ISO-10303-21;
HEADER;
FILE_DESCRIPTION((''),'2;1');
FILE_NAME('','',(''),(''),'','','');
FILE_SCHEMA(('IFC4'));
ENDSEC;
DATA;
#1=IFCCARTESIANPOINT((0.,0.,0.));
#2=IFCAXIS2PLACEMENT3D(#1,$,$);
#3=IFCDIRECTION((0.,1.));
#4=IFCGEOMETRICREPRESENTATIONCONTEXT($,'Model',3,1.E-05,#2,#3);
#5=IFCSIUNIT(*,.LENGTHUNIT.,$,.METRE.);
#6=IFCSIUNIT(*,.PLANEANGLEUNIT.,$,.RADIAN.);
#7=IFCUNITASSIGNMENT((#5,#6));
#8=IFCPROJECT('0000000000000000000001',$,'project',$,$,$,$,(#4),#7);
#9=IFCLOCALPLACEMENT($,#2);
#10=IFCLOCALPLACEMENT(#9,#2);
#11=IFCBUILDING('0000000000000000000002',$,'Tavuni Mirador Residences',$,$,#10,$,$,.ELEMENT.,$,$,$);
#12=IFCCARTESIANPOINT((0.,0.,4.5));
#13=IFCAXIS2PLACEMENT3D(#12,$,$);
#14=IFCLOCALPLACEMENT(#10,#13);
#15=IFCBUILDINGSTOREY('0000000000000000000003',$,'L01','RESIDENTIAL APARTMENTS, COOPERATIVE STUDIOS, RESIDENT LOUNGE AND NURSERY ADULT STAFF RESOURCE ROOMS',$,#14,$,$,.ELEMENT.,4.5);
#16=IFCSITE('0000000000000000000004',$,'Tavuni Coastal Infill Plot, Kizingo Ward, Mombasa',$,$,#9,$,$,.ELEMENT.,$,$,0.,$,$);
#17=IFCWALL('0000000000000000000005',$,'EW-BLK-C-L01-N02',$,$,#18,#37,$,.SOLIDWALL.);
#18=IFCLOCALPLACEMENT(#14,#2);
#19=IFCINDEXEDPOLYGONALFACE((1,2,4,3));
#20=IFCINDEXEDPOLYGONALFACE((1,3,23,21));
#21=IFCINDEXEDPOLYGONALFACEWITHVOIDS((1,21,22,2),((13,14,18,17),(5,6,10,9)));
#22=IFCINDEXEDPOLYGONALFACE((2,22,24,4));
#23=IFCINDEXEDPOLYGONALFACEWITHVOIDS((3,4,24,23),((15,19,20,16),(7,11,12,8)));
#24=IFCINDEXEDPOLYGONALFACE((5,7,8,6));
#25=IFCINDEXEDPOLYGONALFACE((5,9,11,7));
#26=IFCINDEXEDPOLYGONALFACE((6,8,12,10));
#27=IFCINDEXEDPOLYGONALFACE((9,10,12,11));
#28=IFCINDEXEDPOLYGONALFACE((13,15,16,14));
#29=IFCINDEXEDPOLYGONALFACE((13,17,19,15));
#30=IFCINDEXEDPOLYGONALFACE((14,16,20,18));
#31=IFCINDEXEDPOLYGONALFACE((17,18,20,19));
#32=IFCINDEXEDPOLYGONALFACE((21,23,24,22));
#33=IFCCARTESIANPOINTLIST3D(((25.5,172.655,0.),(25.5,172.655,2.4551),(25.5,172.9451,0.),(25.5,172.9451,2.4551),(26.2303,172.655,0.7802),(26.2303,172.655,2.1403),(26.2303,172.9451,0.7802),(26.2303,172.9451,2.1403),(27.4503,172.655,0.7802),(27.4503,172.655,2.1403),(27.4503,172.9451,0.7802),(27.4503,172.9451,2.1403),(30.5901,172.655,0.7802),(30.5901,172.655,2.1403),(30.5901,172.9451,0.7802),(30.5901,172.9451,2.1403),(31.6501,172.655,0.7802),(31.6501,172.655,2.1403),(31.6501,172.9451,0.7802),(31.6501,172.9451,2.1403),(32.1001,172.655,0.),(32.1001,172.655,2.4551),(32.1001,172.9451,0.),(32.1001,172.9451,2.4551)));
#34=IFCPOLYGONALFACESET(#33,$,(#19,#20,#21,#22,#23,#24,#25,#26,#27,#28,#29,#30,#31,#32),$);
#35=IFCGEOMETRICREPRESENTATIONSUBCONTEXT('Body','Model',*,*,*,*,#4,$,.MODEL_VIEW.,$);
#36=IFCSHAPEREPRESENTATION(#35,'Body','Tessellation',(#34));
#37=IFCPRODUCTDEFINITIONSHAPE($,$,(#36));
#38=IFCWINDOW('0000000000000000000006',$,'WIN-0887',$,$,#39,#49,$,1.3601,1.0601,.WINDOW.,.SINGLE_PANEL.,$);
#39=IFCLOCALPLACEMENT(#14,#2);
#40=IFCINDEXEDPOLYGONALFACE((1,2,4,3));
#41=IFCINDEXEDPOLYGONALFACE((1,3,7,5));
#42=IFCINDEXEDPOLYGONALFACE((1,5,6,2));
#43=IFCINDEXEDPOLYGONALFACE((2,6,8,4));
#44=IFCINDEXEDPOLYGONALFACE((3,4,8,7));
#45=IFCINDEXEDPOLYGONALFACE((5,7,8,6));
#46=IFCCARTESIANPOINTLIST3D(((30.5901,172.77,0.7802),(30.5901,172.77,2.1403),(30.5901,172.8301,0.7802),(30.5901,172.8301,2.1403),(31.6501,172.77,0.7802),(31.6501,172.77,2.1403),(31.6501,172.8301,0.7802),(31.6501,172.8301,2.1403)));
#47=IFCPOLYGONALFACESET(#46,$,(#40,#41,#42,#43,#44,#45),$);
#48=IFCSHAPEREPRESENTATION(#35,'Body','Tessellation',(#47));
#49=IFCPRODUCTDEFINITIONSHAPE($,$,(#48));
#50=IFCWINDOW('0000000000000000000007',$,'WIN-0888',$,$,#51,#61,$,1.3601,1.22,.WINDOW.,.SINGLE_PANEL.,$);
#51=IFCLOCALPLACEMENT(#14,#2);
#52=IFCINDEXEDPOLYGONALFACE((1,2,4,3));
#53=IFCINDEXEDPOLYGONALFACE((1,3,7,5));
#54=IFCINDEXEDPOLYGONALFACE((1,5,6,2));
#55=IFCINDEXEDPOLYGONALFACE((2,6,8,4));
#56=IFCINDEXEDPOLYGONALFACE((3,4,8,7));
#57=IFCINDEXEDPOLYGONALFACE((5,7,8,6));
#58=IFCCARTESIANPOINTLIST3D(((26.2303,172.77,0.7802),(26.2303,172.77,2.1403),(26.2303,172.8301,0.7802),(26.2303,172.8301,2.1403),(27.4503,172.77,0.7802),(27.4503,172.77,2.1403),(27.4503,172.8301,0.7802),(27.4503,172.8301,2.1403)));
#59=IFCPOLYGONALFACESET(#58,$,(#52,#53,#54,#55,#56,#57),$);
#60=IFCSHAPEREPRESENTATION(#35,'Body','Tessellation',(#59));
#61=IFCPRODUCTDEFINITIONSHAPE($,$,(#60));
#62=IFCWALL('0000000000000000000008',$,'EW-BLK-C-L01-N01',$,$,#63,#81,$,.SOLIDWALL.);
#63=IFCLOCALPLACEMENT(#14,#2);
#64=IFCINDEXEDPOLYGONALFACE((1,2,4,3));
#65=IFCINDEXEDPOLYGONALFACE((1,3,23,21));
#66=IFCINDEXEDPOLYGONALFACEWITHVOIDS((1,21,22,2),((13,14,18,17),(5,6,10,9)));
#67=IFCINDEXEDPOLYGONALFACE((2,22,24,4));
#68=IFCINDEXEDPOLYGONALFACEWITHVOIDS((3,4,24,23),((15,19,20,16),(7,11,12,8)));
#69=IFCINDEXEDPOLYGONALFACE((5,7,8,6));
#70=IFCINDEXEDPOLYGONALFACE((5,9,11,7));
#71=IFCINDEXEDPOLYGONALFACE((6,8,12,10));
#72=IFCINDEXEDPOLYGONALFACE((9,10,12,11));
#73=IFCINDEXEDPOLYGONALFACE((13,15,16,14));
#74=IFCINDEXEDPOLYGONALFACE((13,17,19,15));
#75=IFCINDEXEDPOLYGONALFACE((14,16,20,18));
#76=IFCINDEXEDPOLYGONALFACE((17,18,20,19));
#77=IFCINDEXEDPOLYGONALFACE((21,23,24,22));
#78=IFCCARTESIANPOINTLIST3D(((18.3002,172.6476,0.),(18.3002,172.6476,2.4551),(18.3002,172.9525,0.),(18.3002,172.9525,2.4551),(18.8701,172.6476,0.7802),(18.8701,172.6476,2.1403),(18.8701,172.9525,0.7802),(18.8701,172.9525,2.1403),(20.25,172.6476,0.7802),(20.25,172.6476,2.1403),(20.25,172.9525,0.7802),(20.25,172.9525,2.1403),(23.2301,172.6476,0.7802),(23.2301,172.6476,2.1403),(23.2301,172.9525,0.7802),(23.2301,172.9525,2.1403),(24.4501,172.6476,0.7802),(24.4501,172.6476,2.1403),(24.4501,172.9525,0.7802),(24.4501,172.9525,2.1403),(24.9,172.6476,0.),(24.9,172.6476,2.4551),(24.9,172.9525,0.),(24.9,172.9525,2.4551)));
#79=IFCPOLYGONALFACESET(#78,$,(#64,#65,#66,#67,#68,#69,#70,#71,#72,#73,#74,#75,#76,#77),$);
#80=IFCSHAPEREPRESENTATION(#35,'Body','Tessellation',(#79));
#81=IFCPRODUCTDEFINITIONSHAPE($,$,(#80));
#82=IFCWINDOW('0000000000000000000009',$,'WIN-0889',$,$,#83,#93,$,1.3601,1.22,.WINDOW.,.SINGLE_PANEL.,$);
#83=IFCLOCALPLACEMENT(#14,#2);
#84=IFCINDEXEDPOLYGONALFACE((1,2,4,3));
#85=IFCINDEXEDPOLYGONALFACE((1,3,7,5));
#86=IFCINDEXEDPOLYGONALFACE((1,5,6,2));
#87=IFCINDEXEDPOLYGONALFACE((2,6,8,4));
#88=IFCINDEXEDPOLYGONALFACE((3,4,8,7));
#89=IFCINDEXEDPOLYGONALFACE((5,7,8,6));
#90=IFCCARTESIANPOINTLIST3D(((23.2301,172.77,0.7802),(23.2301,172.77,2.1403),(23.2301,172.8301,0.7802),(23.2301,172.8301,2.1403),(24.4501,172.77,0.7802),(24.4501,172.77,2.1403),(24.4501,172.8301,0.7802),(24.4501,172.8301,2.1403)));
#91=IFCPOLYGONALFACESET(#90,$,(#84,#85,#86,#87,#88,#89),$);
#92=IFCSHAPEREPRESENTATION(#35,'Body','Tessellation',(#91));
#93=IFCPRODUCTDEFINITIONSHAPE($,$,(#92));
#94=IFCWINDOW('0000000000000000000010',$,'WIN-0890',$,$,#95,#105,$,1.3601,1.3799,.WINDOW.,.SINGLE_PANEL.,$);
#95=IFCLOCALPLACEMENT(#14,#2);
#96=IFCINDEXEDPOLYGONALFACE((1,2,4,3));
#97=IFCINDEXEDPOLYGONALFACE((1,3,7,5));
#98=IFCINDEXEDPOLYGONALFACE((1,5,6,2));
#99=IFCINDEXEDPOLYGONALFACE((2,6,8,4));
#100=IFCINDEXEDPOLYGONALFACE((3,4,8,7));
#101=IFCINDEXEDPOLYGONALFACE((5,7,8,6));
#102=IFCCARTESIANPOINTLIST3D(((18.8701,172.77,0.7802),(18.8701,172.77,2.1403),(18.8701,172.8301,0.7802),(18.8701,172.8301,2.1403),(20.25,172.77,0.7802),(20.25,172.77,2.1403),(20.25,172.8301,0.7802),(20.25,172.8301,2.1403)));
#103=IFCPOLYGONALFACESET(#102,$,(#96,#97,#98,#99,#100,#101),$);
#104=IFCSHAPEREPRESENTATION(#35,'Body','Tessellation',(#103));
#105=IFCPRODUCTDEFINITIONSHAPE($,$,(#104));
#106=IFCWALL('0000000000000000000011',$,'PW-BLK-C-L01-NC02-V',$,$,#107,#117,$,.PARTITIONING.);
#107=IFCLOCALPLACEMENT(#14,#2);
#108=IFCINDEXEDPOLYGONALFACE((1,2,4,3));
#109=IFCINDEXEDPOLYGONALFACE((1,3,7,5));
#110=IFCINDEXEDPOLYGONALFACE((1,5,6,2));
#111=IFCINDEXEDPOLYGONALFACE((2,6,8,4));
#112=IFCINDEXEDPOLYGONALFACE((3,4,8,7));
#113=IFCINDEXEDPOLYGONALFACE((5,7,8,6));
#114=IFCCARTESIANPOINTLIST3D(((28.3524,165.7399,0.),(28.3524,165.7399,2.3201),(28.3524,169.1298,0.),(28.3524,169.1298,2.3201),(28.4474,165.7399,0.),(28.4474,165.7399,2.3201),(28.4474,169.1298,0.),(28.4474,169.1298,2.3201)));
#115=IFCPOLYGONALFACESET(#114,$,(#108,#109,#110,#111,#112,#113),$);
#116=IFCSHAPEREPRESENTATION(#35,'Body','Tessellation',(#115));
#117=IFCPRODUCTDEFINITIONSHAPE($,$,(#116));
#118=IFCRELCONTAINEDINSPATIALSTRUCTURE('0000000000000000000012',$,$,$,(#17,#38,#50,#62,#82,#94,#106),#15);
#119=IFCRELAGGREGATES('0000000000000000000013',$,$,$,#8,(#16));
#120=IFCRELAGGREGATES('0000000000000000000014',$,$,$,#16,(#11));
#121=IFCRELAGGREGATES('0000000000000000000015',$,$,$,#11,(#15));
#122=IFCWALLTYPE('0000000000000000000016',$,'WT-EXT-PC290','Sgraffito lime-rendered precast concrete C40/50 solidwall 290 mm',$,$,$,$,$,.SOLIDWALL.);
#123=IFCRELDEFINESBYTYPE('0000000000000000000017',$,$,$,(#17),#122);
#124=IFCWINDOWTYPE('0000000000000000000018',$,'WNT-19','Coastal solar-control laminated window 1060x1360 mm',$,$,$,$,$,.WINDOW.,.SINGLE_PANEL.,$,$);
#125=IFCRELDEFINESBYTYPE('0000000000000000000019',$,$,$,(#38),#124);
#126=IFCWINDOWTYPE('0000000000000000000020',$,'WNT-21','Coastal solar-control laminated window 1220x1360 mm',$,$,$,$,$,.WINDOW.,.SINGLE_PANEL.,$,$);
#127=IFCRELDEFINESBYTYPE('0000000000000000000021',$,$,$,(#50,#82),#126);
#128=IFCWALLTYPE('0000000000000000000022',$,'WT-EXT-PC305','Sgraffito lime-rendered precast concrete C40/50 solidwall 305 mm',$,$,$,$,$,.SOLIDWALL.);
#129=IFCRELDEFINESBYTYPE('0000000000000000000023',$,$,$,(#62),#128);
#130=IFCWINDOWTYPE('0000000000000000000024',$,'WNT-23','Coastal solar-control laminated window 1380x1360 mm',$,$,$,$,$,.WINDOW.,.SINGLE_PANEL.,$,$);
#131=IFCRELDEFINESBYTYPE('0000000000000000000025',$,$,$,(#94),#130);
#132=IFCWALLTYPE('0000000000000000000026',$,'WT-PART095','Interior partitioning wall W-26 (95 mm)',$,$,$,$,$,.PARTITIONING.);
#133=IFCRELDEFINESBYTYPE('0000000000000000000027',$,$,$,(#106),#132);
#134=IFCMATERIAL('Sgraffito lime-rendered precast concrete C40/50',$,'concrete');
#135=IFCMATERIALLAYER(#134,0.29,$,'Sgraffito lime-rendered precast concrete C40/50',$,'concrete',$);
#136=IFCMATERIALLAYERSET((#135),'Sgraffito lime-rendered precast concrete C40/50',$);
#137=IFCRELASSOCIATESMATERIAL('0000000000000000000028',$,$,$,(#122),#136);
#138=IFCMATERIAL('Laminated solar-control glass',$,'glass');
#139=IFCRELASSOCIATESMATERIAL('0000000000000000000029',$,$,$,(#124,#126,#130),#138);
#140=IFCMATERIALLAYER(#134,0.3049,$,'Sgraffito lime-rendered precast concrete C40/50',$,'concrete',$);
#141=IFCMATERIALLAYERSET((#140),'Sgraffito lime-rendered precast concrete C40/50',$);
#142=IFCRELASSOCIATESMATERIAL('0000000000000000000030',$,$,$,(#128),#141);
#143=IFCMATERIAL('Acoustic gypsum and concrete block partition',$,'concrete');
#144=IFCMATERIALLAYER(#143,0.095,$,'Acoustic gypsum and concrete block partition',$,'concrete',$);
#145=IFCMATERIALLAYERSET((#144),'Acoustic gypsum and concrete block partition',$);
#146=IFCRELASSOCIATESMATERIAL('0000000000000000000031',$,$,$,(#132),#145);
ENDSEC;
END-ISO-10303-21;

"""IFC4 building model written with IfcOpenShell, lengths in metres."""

from ifc_helpers import new_model, si_unit, direction, frame, frame_2d, origin, place, context, subcontext, project, spatial, rectangle, extrude, material, layer, layer_set, type_object, element, fill, save


model = new_model("IFC4")

# Units and contexts
model_context = context("Model", 3, precision=1e-05, world=origin(), true_north=direction((0.0, 1.0)))
body_context = subcontext(model_context, "Body", "Model", "MODEL_VIEW")
ifc_project = project(units=[si_unit("LENGTHUNIT", "METRE"), si_unit("PLANEANGLEUNIT", "RADIAN")], contexts=[model_context])

# Site, building, storey
site_placement = place(None, origin())
site = spatial("IfcSite", under=ifc_project, at=site_placement, Name="Tavuni Coastal Infill Plot, Kizingo Ward, Mombasa", CompositionType="ELEMENT", RefElevation=0.0)
building_placement = place(site_placement, origin())
building = spatial("IfcBuilding", under=site, at=building_placement, Name="Tavuni Mirador Residences", CompositionType="ELEMENT")
storey_placement = place(building_placement, frame((0.0, 0.0, 4.5)))
storey = spatial("IfcBuildingStorey", under=building, at=storey_placement, Name="L01", Description="RESIDENTIAL APARTMENTS, COOPERATIVE STUDIOS, RESIDENT LOUNGE AND NURSERY ADULT STAFF RESOURCE ROOMS", CompositionType="ELEMENT", Elevation=4.5)

# Walls, openings, windows
ifc_material_1 = material(Name="Sgraffito lime-rendered precast concrete C40/50", Category="concrete")
ifc_layer_1 = layer(ifc_material_1, 0.29, Name="Sgraffito lime-rendered precast concrete C40/50", Category="concrete")
ifc_layer_set_1 = layer_set([ifc_layer_1], Name="Sgraffito lime-rendered precast concrete C40/50")
wall_type_1 = type_object("IfcWallType", Name="WT-EXT-PC290", Description="Sgraffito lime-rendered precast concrete C40/50 solidwall 290 mm", PredefinedType="SOLIDWALL", material=ifc_layer_set_1)
wall_1_placement = place(storey_placement, frame((32.1001, 172.8, 0.0), z_axis=(0.0, 0.0, 1.0), x_axis=(-1.0, 0.0, 0.0)))
wall_1 = element("IfcWall", 1, at=wall_1_placement, inside=storey, type_object=wall_type_1, Name="EW-BLK-C-L01-N02", PredefinedType="SOLIDWALL", context=body_context, shape_type="SweptSolid", body=[
    extrude(rectangle(XDim=6.6001, YDim=0.29, at=frame_2d((3.3, 0.0))), origin(), (0.0, 0.0, 1.0), 2.4551),
])
opening_1_placement = place(wall_1_placement, frame((0.45, 0.0, 0.78)))
opening_1 = element("IfcOpeningElement", 2, at=opening_1_placement, cuts=wall_1, PredefinedType="OPENING", context=body_context, shape_type="SweptSolid", body=[
    extrude(rectangle(XDim=1.0601, YDim=1.3601, at=frame_2d((0.53, 0.6802))), frame((0.0, 0.155, 0.0), z_axis=(0.0, -1.0, 0.0), x_axis=(1.0, 0.0, 0.0)), (0.0, 0.0, 1.0), 0.3101),
])
opening_2_placement = place(wall_1_placement, frame((4.6499, 0.0, 0.78)))
opening_2 = element("IfcOpeningElement", 3, at=opening_2_placement, cuts=wall_1, PredefinedType="OPENING", context=body_context, shape_type="SweptSolid", body=[
    extrude(rectangle(XDim=1.22, YDim=1.3601, at=frame_2d((0.6099, 0.6802))), frame((0.0, 0.155, 0.0), z_axis=(0.0, -1.0, 0.0), x_axis=(1.0, 0.0, 0.0)), (0.0, 0.0, 1.0), 0.3101),
])
ifc_material_2 = material(Name="Laminated solar-control glass", Category="glass")
window_type_1 = type_object("IfcWindowType", Name="WNT-19", Description="Coastal solar-control laminated window 1060x1360 mm", PartitioningType="SINGLE_PANEL", PredefinedType="WINDOW", material=ifc_material_2)
window_1_placement = place(opening_1_placement, origin())
window_1 = element("IfcWindow", 4, at=window_1_placement, inside=storey, type_object=window_type_1, Name="WIN-0887", OverallHeight=1.3601, OverallWidth=1.0601, PartitioningType="SINGLE_PANEL", PredefinedType="WINDOW", context=body_context, shape_type="SweptSolid", body=[
    extrude(rectangle(XDim=1.0601, YDim=1.3601, at=frame_2d((0.53, 0.6802))), frame((0.0, 0.03, 0.0), z_axis=(0.0, -1.0, 0.0), x_axis=(1.0, 0.0, 0.0)), (0.0, 0.0, 1.0), 0.0601),
])
fill(opening_1, window_1)
window_type_2 = type_object("IfcWindowType", Name="WNT-21", Description="Coastal solar-control laminated window 1220x1360 mm", PartitioningType="SINGLE_PANEL", PredefinedType="WINDOW", material=ifc_material_2)
window_2_placement = place(opening_2_placement, origin())
window_2 = element("IfcWindow", 5, at=window_2_placement, inside=storey, type_object=window_type_2, Name="WIN-0888", OverallHeight=1.3601, OverallWidth=1.22, PartitioningType="SINGLE_PANEL", PredefinedType="WINDOW", context=body_context, shape_type="SweptSolid", body=[
    extrude(rectangle(XDim=1.22, YDim=1.3601, at=frame_2d((0.6099, 0.6802))), frame((0.0, 0.03, 0.0), z_axis=(0.0, -1.0, 0.0), x_axis=(1.0, 0.0, 0.0)), (0.0, 0.0, 1.0), 0.0601),
])
fill(opening_2, window_2)
ifc_layer_2 = layer(ifc_material_1, 0.3049, Name="Sgraffito lime-rendered precast concrete C40/50", Category="concrete")
ifc_layer_set_2 = layer_set([ifc_layer_2], Name="Sgraffito lime-rendered precast concrete C40/50")
wall_type_2 = type_object("IfcWallType", Name="WT-EXT-PC305", Description="Sgraffito lime-rendered precast concrete C40/50 solidwall 305 mm", PredefinedType="SOLIDWALL", material=ifc_layer_set_2)
wall_2_placement = place(storey_placement, frame((24.8999, 172.8, 0.0), z_axis=(0.0, 0.0, 1.0), x_axis=(-1.0, 0.0, 0.0)))
wall_2 = element("IfcWall", 6, at=wall_2_placement, inside=storey, type_object=wall_type_2, Name="EW-BLK-C-L01-N01", PredefinedType="SOLIDWALL", context=body_context, shape_type="SweptSolid", body=[
    extrude(rectangle(XDim=6.5999, YDim=0.3049, at=frame_2d((3.2998, 0.0))), origin(), (0.0, 0.0, 1.0), 2.4551),
])
opening_3_placement = place(wall_2_placement, frame((0.45, 0.0, 0.78)))
opening_3 = element("IfcOpeningElement", 7, at=opening_3_placement, cuts=wall_2, PredefinedType="OPENING", context=body_context, shape_type="SweptSolid", body=[
    extrude(rectangle(XDim=1.22, YDim=1.3601, at=frame_2d((0.6099, 0.6802))), frame((0.0, 0.1626, 0.0), z_axis=(0.0, -1.0, 0.0), x_axis=(1.0, 0.0, 0.0)), (0.0, 0.0, 1.0), 0.325),
])
opening_4_placement = place(wall_2_placement, frame((4.6499, 0.0, 0.78)))
opening_4 = element("IfcOpeningElement", 8, at=opening_4_placement, cuts=wall_2, PredefinedType="OPENING", context=body_context, shape_type="SweptSolid", body=[
    extrude(rectangle(XDim=1.3799, YDim=1.3601, at=frame_2d((0.6899, 0.6802))), frame((0.0, 0.1626, 0.0), z_axis=(0.0, -1.0, 0.0), x_axis=(1.0, 0.0, 0.0)), (0.0, 0.0, 1.0), 0.325),
])
window_3_placement = place(opening_3_placement, origin())
window_3 = element("IfcWindow", 9, at=window_3_placement, inside=storey, type_object=window_type_2, Name="WIN-0889", OverallHeight=1.3601, OverallWidth=1.22, PartitioningType="SINGLE_PANEL", PredefinedType="WINDOW", context=body_context, shape_type="SweptSolid", body=[
    extrude(rectangle(XDim=1.22, YDim=1.3601, at=frame_2d((0.6099, 0.6802))), frame((0.0, 0.03, 0.0), z_axis=(0.0, -1.0, 0.0), x_axis=(1.0, 0.0, 0.0)), (0.0, 0.0, 1.0), 0.0601),
])
fill(opening_3, window_3)
window_type_3 = type_object("IfcWindowType", Name="WNT-23", Description="Coastal solar-control laminated window 1380x1360 mm", PartitioningType="SINGLE_PANEL", PredefinedType="WINDOW", material=ifc_material_2)
window_4_placement = place(opening_4_placement, origin())
window_4 = element("IfcWindow", 10, at=window_4_placement, inside=storey, type_object=window_type_3, Name="WIN-0890", OverallHeight=1.3601, OverallWidth=1.3799, PartitioningType="SINGLE_PANEL", PredefinedType="WINDOW", context=body_context, shape_type="SweptSolid", body=[
    extrude(rectangle(XDim=1.3799, YDim=1.3601, at=frame_2d((0.6899, 0.6802))), frame((0.0, 0.03, 0.0), z_axis=(0.0, -1.0, 0.0), x_axis=(1.0, 0.0, 0.0)), (0.0, 0.0, 1.0), 0.0601),
])
fill(opening_4, window_4)

# Wall
ifc_material_3 = material(Name="Acoustic gypsum and concrete block partition", Category="concrete")
ifc_layer_3 = layer(ifc_material_3, 0.095, Name="Acoustic gypsum and concrete block partition", Category="concrete")
ifc_layer_set_3 = layer_set([ifc_layer_3], Name="Acoustic gypsum and concrete block partition")
wall_type_3 = type_object("IfcWallType", Name="WT-PART095", Description="Interior partitioning wall W-26 (95 mm)", PredefinedType="PARTITIONING", material=ifc_layer_set_3)
wall_3_placement = place(storey_placement, frame((28.3999, 165.74, 0.0), z_axis=(0.0, 0.0, 1.0), x_axis=(0.0, 1.0, 0.0)))
element("IfcWall", 11, at=wall_3_placement, inside=storey, type_object=wall_type_3, Name="PW-BLK-C-L01-NC02-V", PredefinedType="PARTITIONING", context=body_context, shape_type="SweptSolid", body=[
    extrude(rectangle(XDim=3.3899, YDim=0.095, at=frame_2d((1.6948, 0.0))), origin(), (0.0, 0.0, 1.0), 2.3201),
])

save(model, "model.ifc")
